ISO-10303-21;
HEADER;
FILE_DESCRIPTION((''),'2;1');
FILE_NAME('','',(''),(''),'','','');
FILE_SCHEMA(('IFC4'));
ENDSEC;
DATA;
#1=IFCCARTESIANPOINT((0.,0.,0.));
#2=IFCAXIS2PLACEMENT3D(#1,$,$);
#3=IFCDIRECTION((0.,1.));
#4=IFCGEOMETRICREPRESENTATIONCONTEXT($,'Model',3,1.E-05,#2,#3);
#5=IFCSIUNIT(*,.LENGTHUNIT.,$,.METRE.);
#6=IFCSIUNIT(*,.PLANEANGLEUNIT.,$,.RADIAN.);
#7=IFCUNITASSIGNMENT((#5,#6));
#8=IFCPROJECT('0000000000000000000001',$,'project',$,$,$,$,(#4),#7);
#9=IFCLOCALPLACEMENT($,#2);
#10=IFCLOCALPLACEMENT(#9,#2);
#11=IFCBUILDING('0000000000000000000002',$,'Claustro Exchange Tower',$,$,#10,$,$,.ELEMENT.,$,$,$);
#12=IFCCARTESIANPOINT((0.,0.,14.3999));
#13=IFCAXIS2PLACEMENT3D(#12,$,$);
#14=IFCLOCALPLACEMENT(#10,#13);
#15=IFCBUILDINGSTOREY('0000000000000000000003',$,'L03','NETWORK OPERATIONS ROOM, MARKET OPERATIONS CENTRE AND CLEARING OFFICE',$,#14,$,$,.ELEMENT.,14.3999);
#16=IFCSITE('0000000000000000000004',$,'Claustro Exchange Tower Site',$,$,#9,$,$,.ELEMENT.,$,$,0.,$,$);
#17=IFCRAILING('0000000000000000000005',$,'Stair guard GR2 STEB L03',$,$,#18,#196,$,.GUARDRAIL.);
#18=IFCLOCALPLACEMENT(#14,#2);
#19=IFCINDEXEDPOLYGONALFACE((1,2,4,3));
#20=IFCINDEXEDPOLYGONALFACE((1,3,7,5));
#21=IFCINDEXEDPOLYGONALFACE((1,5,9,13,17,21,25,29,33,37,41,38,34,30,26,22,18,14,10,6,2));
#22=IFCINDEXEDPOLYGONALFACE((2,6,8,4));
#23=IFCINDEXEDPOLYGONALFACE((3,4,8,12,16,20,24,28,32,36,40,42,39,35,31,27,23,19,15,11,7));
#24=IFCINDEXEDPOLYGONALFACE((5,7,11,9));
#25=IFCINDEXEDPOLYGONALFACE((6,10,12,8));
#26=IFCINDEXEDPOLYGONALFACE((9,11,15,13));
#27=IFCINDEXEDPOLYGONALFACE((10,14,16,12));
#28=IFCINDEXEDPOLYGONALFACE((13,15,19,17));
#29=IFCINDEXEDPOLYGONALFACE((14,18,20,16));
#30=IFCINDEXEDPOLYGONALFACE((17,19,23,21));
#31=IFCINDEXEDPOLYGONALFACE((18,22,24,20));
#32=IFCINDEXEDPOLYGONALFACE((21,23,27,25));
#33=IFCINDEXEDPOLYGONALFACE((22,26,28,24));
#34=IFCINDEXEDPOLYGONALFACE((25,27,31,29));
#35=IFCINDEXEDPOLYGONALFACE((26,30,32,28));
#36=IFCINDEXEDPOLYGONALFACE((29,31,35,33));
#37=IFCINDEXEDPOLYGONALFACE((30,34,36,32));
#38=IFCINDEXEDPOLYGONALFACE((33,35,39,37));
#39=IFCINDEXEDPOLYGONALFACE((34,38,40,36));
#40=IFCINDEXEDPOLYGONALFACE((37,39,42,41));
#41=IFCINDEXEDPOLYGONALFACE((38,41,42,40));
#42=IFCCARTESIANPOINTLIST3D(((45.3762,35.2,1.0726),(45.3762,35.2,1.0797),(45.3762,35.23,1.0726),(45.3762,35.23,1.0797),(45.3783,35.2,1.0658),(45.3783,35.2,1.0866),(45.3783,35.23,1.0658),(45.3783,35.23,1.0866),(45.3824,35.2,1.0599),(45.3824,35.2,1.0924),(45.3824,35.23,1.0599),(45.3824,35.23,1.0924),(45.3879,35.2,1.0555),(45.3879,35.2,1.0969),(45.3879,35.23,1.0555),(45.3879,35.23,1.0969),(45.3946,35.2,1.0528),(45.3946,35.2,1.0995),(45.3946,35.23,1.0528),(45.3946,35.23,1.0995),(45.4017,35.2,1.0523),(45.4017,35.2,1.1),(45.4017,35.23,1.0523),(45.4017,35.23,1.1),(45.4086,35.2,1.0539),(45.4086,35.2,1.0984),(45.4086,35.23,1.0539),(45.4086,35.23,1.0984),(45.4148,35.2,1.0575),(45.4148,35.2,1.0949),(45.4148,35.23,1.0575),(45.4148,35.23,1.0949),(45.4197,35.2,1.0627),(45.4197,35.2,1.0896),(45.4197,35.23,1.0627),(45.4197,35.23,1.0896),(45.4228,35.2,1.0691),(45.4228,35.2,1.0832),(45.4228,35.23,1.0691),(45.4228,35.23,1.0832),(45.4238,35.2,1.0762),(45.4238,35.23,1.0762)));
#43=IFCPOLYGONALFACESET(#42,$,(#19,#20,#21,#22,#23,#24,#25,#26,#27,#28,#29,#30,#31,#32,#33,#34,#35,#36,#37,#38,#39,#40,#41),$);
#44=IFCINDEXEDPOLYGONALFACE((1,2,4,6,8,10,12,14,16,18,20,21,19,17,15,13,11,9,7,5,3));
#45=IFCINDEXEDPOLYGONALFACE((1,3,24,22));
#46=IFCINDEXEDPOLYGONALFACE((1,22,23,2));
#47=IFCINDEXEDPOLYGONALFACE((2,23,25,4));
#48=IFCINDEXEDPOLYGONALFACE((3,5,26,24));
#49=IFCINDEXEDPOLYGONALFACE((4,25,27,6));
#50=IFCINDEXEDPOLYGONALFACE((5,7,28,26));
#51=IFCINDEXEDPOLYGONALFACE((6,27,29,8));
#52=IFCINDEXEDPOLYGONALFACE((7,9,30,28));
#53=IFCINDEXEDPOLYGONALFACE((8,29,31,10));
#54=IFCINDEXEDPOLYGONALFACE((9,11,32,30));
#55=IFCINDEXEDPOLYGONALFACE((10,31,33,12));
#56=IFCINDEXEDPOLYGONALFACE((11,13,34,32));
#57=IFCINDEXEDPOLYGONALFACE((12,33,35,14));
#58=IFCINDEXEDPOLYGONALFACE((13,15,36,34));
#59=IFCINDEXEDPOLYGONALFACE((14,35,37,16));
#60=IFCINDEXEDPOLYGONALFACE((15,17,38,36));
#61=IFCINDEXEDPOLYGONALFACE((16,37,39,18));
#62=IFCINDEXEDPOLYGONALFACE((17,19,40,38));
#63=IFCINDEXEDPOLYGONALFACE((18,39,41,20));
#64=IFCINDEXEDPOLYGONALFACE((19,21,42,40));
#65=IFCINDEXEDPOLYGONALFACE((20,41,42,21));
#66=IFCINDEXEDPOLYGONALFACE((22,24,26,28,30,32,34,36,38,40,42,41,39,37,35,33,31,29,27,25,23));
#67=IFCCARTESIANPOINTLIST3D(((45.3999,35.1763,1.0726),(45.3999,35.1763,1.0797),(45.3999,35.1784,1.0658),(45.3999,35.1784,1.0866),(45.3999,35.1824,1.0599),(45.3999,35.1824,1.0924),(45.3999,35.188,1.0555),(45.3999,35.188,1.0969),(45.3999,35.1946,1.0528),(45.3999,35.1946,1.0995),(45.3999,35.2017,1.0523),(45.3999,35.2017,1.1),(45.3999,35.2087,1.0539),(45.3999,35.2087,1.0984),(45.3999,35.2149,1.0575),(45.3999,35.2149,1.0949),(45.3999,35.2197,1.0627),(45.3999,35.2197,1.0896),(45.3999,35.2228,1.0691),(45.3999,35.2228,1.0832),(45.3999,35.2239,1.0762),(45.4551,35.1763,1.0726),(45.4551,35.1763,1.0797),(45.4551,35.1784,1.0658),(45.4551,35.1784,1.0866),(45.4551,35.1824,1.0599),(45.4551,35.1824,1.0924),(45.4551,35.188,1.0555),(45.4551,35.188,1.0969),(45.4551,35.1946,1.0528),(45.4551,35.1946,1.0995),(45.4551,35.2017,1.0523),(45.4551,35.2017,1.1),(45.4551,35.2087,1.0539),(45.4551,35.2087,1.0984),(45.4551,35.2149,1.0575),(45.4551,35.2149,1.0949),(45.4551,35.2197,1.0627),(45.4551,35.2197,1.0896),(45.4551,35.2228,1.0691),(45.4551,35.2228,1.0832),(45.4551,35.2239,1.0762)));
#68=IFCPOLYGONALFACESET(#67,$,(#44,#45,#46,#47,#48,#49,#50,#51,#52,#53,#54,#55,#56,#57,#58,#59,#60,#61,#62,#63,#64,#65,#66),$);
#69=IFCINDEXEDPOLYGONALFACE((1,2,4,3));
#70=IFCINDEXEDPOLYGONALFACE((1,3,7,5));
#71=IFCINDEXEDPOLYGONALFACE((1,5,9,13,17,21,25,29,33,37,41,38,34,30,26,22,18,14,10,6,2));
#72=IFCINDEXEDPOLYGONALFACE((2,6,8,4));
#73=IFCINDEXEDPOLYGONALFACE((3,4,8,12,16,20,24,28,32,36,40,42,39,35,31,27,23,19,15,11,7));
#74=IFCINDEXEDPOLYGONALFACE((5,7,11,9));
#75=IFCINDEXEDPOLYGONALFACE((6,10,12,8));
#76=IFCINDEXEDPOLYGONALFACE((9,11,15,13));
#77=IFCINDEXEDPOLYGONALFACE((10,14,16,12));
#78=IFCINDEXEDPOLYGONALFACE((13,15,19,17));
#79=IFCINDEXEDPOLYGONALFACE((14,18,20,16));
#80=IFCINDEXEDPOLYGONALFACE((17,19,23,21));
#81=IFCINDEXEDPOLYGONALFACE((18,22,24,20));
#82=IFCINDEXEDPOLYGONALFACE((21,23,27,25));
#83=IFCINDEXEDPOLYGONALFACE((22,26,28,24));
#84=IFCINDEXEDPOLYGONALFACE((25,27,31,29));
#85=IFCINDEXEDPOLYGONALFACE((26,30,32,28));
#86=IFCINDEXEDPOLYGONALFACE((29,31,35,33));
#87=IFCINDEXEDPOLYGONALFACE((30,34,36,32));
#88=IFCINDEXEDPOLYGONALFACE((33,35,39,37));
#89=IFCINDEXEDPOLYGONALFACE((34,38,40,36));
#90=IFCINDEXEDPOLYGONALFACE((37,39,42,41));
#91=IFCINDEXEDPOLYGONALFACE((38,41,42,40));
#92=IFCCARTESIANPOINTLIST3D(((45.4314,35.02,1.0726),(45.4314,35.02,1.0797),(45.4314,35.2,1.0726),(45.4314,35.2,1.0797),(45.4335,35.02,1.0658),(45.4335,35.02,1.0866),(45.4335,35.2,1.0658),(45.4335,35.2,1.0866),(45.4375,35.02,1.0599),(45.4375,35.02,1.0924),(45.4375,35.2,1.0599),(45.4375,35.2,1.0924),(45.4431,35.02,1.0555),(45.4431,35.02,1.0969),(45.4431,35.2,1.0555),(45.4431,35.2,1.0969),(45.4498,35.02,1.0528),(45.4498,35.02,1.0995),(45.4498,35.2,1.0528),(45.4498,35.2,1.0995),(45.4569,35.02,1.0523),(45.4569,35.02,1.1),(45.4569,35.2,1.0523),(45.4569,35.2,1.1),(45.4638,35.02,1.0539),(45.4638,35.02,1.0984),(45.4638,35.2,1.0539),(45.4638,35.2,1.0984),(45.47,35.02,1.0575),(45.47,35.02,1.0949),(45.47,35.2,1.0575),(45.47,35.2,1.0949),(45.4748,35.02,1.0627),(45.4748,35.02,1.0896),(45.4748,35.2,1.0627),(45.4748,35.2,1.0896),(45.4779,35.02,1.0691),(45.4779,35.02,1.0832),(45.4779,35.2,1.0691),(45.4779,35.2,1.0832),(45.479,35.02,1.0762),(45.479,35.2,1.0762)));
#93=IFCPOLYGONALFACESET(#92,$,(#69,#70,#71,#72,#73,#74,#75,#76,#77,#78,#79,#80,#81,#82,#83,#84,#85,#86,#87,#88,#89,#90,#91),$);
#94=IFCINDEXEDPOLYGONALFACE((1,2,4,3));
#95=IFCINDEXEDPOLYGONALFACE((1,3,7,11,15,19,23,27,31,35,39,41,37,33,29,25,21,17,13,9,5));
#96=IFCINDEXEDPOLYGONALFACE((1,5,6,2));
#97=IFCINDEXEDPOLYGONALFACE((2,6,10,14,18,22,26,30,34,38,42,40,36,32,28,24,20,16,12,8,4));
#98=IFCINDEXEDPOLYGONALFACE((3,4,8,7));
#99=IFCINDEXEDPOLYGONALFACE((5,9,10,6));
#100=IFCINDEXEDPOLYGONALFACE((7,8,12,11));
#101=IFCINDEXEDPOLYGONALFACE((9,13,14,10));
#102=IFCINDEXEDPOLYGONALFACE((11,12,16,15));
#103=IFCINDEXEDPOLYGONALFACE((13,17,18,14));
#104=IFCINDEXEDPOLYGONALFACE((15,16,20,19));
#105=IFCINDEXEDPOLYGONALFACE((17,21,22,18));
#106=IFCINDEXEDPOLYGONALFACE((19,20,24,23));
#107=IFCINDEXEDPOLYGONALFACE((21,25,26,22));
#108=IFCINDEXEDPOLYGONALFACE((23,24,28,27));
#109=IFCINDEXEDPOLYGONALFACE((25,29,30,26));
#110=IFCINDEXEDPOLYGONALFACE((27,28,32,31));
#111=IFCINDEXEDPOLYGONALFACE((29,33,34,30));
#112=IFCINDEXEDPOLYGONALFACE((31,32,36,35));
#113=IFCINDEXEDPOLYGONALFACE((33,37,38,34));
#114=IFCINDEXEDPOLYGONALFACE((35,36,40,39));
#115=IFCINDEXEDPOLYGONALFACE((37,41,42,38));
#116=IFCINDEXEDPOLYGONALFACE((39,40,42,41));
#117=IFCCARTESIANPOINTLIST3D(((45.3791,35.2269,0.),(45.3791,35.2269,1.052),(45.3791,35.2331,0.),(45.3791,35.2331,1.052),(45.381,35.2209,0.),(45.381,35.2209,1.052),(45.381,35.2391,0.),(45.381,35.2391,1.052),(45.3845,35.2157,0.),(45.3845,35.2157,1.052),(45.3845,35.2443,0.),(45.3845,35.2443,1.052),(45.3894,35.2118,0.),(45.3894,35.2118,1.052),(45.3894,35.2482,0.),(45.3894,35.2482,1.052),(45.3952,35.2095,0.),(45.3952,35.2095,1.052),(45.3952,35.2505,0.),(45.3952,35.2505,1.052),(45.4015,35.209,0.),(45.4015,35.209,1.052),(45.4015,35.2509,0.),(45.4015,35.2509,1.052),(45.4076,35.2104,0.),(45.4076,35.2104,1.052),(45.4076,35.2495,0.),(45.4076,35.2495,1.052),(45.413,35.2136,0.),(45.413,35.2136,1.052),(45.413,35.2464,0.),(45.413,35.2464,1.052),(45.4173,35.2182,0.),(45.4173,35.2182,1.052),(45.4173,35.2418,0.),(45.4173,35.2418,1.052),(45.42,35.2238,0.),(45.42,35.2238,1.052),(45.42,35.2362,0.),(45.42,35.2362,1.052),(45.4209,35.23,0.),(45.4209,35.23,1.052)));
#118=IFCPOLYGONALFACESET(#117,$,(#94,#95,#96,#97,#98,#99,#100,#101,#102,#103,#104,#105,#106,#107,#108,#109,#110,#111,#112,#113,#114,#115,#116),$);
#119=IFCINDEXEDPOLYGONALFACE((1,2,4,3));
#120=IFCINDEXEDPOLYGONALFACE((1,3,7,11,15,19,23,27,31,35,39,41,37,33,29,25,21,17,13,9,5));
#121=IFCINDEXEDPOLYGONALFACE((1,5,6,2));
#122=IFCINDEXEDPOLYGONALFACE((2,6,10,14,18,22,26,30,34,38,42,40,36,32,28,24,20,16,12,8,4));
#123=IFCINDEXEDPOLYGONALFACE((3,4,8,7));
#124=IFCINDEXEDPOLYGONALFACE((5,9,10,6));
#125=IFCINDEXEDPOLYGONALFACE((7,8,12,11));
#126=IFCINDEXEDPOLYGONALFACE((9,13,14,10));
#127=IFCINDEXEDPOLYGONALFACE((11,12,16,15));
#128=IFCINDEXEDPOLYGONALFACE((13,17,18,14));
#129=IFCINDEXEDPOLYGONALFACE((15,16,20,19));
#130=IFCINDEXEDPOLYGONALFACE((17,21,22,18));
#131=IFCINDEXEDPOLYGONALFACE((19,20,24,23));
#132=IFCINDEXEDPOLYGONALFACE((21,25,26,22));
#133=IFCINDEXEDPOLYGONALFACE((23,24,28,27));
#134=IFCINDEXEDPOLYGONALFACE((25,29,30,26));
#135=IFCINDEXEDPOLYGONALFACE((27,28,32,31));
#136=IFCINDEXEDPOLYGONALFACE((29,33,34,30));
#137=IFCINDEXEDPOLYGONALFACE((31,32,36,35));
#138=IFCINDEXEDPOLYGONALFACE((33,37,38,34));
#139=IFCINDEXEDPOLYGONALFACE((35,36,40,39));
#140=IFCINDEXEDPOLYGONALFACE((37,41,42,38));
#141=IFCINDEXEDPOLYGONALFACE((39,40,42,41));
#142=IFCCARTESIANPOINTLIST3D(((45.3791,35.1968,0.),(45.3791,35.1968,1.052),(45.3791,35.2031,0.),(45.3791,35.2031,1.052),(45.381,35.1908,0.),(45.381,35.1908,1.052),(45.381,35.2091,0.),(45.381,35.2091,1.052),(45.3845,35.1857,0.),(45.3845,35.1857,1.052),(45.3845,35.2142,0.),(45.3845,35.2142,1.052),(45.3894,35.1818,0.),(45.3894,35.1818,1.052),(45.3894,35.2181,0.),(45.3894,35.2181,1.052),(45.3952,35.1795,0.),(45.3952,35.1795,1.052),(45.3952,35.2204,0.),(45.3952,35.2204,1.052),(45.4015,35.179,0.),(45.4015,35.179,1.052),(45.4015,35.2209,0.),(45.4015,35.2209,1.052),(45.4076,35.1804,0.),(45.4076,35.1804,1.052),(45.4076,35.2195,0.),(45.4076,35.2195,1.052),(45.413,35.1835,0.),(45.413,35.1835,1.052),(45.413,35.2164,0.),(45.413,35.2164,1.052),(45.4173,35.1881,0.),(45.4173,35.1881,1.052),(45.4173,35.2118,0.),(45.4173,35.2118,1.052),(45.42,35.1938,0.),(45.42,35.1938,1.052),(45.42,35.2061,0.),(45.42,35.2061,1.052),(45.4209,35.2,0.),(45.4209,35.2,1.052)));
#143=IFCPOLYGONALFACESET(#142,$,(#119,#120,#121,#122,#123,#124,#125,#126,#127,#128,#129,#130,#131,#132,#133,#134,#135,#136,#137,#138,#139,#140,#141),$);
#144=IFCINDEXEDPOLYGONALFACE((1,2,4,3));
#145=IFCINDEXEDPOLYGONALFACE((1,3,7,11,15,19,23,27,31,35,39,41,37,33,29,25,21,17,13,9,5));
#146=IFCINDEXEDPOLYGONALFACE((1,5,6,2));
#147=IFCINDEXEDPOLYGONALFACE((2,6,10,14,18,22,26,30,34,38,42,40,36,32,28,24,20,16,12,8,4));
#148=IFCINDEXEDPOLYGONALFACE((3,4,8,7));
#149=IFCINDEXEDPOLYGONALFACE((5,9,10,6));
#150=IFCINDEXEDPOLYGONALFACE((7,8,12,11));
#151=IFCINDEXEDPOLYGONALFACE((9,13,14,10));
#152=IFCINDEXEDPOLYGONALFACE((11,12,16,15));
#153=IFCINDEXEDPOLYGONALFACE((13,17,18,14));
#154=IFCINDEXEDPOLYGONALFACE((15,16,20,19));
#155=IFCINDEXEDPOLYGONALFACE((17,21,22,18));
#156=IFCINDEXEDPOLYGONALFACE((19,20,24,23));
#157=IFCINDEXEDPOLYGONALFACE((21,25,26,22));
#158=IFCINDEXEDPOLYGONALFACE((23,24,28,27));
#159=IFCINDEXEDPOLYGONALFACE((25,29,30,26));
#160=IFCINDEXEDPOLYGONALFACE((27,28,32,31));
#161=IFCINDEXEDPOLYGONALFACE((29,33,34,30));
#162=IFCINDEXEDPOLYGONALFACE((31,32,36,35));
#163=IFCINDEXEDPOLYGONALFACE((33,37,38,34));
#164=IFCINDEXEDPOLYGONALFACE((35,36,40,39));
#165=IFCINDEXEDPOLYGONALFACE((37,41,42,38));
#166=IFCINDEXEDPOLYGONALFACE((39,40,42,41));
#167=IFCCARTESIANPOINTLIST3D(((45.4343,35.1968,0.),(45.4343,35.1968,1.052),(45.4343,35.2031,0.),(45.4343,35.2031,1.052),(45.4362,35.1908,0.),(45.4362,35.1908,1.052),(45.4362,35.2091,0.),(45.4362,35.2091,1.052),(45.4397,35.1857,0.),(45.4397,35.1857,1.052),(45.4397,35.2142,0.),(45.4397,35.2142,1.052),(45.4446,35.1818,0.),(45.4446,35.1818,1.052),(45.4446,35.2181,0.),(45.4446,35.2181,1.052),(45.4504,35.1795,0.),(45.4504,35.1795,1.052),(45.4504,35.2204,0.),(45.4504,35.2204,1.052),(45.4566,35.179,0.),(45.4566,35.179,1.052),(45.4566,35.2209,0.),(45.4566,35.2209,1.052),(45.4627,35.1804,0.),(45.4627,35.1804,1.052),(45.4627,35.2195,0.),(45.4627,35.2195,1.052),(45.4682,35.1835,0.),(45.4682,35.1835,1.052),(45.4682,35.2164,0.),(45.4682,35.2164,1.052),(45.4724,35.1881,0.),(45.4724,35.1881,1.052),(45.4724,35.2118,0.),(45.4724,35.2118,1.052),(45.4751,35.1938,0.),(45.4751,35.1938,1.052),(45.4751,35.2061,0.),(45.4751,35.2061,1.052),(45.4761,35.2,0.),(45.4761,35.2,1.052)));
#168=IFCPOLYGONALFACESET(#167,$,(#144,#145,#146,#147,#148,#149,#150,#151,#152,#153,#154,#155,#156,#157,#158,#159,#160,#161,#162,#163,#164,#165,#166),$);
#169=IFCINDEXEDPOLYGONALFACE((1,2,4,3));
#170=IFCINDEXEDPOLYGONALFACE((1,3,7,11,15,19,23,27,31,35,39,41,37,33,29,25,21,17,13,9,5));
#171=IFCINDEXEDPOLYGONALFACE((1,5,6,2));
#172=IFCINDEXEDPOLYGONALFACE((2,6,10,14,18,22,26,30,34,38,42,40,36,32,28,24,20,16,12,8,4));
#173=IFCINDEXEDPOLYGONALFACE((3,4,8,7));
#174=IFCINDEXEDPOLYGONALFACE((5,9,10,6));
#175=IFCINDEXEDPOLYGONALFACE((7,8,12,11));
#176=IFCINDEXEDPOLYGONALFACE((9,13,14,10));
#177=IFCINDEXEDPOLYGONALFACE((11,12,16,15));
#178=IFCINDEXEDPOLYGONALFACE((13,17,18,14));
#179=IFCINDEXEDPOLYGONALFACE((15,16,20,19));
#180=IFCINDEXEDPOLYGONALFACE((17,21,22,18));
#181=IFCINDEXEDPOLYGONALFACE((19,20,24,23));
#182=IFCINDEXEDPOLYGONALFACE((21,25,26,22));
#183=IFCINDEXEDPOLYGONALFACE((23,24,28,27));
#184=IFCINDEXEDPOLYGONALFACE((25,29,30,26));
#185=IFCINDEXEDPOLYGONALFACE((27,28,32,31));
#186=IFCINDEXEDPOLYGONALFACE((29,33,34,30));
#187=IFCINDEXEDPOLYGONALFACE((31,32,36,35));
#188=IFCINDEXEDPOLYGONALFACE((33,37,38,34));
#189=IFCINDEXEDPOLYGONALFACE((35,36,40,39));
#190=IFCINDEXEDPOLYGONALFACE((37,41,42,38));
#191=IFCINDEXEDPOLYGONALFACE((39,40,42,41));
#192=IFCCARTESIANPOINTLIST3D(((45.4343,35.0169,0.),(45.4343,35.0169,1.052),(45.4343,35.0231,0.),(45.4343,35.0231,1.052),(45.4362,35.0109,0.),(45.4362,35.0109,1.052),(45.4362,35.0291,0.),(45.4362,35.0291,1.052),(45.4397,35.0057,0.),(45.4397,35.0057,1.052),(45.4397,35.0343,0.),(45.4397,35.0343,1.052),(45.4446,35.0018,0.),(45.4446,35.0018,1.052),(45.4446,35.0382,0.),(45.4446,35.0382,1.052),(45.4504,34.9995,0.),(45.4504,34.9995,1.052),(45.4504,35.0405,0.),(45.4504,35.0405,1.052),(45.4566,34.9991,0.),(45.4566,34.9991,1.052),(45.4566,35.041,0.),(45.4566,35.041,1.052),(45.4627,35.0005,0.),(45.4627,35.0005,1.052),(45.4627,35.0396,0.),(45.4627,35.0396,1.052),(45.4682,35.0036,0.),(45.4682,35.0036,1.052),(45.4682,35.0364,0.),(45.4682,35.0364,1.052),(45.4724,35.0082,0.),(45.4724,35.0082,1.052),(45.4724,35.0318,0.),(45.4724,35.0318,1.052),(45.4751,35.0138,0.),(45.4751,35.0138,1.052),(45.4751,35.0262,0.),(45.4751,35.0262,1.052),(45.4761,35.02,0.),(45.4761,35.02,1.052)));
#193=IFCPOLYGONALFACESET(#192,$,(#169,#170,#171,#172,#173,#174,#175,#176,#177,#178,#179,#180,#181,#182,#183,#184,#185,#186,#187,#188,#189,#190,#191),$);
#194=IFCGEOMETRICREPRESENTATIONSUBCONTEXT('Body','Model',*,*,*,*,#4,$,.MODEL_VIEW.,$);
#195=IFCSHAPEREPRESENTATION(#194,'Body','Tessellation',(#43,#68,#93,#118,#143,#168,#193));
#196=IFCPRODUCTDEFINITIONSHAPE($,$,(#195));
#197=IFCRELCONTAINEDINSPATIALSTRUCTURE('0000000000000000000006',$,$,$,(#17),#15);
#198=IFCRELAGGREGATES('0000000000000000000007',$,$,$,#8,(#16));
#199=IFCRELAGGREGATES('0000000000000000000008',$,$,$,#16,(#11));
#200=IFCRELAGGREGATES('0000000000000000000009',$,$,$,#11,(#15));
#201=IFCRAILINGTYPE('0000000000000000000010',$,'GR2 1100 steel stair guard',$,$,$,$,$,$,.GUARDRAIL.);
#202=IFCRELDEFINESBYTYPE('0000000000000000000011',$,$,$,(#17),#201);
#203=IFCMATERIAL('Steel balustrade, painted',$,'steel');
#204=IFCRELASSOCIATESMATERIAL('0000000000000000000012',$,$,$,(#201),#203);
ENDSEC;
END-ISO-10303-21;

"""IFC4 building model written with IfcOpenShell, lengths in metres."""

from ifc_helpers import new_model, si_unit, direction, frame, origin, origin_2d, place, context, subcontext, project, spatial, circle, extrude, material, type_object, element, save


model = new_model("IFC4")

# Units and contexts
model_context = context("Model", 3, precision=1e-05, world=origin(), true_north=direction((0.0, 1.0)))
body_context = subcontext(model_context, "Body", "Model", "MODEL_VIEW")
ifc_project = project(units=[si_unit("LENGTHUNIT", "METRE"), si_unit("PLANEANGLEUNIT", "RADIAN")], contexts=[model_context])

# Site, building, storey
site_placement = place(None, origin())
site = spatial("IfcSite", under=ifc_project, at=site_placement, Name="Claustro Exchange Tower Site", CompositionType="ELEMENT", RefElevation=0.0)
building_placement = place(site_placement, origin())
building = spatial("IfcBuilding", under=site, at=building_placement, Name="Claustro Exchange Tower", CompositionType="ELEMENT")
storey_placement = place(building_placement, frame((0.0, 0.0, 14.3999)))
storey = spatial("IfcBuildingStorey", under=building, at=storey_placement, Name="L03", Description="NETWORK OPERATIONS ROOM, MARKET OPERATIONS CENTRE AND CLEARING OFFICE", CompositionType="ELEMENT", Elevation=14.3999)

# Railing
ifc_material_1 = material(Name="Steel balustrade, painted", Category="steel")
railing_type_1 = type_object("IfcRailingType", Name="GR2 1100 steel stair guard", PredefinedType="GUARDRAIL", material=ifc_material_1)
railing_1_placement = place(storey_placement, frame((45.3999, 35.23, 0.0)))
element("IfcRailing", 1, at=railing_1_placement, inside=storey, type_object=railing_type_1, Name="Stair guard GR2 STEB L03", PredefinedType="GUARDRAIL", context=body_context, shape_type="SweptSolid", body=[
    extrude(circle(Radius=0.0239, at=origin_2d()), frame((0.0, 0.0, 1.0762), z_axis=(0.0, -1.0, 0.0), x_axis=(1.0, 0.0, 0.0)), (0.0, 0.0, 1.0), 0.03),
    extrude(circle(Radius=0.0239, at=origin_2d()), frame((0.0, -0.03, 1.0762), z_axis=(1.0, 0.0, 0.0), x_axis=(0.0, 1.0, 0.0)), (0.0, 0.0, 1.0), 0.0552),
    extrude(circle(Radius=0.0239, at=origin_2d()), frame((0.0552, -0.03, 1.0762), z_axis=(0.0, -1.0, 0.0), x_axis=(1.0, 0.0, 0.0)), (0.0, 0.0, 1.0), 0.1799),
    extrude(circle(Radius=0.021, at=origin_2d()), origin(), (0.0, 0.0, 1.0), 1.052),
    extrude(circle(Radius=0.021, at=origin_2d()), frame((0.0, -0.03, 0.0)), (0.0, 0.0, 1.0), 1.052),
    extrude(circle(Radius=0.021, at=origin_2d()), frame((0.0552, -0.03, 0.0)), (0.0, 0.0, 1.0), 1.052),
    extrude(circle(Radius=0.021, at=origin_2d()), frame((0.0552, -0.21, 0.0)), (0.0, 0.0, 1.0), 1.052),
])

save(model, "model.ifc")
